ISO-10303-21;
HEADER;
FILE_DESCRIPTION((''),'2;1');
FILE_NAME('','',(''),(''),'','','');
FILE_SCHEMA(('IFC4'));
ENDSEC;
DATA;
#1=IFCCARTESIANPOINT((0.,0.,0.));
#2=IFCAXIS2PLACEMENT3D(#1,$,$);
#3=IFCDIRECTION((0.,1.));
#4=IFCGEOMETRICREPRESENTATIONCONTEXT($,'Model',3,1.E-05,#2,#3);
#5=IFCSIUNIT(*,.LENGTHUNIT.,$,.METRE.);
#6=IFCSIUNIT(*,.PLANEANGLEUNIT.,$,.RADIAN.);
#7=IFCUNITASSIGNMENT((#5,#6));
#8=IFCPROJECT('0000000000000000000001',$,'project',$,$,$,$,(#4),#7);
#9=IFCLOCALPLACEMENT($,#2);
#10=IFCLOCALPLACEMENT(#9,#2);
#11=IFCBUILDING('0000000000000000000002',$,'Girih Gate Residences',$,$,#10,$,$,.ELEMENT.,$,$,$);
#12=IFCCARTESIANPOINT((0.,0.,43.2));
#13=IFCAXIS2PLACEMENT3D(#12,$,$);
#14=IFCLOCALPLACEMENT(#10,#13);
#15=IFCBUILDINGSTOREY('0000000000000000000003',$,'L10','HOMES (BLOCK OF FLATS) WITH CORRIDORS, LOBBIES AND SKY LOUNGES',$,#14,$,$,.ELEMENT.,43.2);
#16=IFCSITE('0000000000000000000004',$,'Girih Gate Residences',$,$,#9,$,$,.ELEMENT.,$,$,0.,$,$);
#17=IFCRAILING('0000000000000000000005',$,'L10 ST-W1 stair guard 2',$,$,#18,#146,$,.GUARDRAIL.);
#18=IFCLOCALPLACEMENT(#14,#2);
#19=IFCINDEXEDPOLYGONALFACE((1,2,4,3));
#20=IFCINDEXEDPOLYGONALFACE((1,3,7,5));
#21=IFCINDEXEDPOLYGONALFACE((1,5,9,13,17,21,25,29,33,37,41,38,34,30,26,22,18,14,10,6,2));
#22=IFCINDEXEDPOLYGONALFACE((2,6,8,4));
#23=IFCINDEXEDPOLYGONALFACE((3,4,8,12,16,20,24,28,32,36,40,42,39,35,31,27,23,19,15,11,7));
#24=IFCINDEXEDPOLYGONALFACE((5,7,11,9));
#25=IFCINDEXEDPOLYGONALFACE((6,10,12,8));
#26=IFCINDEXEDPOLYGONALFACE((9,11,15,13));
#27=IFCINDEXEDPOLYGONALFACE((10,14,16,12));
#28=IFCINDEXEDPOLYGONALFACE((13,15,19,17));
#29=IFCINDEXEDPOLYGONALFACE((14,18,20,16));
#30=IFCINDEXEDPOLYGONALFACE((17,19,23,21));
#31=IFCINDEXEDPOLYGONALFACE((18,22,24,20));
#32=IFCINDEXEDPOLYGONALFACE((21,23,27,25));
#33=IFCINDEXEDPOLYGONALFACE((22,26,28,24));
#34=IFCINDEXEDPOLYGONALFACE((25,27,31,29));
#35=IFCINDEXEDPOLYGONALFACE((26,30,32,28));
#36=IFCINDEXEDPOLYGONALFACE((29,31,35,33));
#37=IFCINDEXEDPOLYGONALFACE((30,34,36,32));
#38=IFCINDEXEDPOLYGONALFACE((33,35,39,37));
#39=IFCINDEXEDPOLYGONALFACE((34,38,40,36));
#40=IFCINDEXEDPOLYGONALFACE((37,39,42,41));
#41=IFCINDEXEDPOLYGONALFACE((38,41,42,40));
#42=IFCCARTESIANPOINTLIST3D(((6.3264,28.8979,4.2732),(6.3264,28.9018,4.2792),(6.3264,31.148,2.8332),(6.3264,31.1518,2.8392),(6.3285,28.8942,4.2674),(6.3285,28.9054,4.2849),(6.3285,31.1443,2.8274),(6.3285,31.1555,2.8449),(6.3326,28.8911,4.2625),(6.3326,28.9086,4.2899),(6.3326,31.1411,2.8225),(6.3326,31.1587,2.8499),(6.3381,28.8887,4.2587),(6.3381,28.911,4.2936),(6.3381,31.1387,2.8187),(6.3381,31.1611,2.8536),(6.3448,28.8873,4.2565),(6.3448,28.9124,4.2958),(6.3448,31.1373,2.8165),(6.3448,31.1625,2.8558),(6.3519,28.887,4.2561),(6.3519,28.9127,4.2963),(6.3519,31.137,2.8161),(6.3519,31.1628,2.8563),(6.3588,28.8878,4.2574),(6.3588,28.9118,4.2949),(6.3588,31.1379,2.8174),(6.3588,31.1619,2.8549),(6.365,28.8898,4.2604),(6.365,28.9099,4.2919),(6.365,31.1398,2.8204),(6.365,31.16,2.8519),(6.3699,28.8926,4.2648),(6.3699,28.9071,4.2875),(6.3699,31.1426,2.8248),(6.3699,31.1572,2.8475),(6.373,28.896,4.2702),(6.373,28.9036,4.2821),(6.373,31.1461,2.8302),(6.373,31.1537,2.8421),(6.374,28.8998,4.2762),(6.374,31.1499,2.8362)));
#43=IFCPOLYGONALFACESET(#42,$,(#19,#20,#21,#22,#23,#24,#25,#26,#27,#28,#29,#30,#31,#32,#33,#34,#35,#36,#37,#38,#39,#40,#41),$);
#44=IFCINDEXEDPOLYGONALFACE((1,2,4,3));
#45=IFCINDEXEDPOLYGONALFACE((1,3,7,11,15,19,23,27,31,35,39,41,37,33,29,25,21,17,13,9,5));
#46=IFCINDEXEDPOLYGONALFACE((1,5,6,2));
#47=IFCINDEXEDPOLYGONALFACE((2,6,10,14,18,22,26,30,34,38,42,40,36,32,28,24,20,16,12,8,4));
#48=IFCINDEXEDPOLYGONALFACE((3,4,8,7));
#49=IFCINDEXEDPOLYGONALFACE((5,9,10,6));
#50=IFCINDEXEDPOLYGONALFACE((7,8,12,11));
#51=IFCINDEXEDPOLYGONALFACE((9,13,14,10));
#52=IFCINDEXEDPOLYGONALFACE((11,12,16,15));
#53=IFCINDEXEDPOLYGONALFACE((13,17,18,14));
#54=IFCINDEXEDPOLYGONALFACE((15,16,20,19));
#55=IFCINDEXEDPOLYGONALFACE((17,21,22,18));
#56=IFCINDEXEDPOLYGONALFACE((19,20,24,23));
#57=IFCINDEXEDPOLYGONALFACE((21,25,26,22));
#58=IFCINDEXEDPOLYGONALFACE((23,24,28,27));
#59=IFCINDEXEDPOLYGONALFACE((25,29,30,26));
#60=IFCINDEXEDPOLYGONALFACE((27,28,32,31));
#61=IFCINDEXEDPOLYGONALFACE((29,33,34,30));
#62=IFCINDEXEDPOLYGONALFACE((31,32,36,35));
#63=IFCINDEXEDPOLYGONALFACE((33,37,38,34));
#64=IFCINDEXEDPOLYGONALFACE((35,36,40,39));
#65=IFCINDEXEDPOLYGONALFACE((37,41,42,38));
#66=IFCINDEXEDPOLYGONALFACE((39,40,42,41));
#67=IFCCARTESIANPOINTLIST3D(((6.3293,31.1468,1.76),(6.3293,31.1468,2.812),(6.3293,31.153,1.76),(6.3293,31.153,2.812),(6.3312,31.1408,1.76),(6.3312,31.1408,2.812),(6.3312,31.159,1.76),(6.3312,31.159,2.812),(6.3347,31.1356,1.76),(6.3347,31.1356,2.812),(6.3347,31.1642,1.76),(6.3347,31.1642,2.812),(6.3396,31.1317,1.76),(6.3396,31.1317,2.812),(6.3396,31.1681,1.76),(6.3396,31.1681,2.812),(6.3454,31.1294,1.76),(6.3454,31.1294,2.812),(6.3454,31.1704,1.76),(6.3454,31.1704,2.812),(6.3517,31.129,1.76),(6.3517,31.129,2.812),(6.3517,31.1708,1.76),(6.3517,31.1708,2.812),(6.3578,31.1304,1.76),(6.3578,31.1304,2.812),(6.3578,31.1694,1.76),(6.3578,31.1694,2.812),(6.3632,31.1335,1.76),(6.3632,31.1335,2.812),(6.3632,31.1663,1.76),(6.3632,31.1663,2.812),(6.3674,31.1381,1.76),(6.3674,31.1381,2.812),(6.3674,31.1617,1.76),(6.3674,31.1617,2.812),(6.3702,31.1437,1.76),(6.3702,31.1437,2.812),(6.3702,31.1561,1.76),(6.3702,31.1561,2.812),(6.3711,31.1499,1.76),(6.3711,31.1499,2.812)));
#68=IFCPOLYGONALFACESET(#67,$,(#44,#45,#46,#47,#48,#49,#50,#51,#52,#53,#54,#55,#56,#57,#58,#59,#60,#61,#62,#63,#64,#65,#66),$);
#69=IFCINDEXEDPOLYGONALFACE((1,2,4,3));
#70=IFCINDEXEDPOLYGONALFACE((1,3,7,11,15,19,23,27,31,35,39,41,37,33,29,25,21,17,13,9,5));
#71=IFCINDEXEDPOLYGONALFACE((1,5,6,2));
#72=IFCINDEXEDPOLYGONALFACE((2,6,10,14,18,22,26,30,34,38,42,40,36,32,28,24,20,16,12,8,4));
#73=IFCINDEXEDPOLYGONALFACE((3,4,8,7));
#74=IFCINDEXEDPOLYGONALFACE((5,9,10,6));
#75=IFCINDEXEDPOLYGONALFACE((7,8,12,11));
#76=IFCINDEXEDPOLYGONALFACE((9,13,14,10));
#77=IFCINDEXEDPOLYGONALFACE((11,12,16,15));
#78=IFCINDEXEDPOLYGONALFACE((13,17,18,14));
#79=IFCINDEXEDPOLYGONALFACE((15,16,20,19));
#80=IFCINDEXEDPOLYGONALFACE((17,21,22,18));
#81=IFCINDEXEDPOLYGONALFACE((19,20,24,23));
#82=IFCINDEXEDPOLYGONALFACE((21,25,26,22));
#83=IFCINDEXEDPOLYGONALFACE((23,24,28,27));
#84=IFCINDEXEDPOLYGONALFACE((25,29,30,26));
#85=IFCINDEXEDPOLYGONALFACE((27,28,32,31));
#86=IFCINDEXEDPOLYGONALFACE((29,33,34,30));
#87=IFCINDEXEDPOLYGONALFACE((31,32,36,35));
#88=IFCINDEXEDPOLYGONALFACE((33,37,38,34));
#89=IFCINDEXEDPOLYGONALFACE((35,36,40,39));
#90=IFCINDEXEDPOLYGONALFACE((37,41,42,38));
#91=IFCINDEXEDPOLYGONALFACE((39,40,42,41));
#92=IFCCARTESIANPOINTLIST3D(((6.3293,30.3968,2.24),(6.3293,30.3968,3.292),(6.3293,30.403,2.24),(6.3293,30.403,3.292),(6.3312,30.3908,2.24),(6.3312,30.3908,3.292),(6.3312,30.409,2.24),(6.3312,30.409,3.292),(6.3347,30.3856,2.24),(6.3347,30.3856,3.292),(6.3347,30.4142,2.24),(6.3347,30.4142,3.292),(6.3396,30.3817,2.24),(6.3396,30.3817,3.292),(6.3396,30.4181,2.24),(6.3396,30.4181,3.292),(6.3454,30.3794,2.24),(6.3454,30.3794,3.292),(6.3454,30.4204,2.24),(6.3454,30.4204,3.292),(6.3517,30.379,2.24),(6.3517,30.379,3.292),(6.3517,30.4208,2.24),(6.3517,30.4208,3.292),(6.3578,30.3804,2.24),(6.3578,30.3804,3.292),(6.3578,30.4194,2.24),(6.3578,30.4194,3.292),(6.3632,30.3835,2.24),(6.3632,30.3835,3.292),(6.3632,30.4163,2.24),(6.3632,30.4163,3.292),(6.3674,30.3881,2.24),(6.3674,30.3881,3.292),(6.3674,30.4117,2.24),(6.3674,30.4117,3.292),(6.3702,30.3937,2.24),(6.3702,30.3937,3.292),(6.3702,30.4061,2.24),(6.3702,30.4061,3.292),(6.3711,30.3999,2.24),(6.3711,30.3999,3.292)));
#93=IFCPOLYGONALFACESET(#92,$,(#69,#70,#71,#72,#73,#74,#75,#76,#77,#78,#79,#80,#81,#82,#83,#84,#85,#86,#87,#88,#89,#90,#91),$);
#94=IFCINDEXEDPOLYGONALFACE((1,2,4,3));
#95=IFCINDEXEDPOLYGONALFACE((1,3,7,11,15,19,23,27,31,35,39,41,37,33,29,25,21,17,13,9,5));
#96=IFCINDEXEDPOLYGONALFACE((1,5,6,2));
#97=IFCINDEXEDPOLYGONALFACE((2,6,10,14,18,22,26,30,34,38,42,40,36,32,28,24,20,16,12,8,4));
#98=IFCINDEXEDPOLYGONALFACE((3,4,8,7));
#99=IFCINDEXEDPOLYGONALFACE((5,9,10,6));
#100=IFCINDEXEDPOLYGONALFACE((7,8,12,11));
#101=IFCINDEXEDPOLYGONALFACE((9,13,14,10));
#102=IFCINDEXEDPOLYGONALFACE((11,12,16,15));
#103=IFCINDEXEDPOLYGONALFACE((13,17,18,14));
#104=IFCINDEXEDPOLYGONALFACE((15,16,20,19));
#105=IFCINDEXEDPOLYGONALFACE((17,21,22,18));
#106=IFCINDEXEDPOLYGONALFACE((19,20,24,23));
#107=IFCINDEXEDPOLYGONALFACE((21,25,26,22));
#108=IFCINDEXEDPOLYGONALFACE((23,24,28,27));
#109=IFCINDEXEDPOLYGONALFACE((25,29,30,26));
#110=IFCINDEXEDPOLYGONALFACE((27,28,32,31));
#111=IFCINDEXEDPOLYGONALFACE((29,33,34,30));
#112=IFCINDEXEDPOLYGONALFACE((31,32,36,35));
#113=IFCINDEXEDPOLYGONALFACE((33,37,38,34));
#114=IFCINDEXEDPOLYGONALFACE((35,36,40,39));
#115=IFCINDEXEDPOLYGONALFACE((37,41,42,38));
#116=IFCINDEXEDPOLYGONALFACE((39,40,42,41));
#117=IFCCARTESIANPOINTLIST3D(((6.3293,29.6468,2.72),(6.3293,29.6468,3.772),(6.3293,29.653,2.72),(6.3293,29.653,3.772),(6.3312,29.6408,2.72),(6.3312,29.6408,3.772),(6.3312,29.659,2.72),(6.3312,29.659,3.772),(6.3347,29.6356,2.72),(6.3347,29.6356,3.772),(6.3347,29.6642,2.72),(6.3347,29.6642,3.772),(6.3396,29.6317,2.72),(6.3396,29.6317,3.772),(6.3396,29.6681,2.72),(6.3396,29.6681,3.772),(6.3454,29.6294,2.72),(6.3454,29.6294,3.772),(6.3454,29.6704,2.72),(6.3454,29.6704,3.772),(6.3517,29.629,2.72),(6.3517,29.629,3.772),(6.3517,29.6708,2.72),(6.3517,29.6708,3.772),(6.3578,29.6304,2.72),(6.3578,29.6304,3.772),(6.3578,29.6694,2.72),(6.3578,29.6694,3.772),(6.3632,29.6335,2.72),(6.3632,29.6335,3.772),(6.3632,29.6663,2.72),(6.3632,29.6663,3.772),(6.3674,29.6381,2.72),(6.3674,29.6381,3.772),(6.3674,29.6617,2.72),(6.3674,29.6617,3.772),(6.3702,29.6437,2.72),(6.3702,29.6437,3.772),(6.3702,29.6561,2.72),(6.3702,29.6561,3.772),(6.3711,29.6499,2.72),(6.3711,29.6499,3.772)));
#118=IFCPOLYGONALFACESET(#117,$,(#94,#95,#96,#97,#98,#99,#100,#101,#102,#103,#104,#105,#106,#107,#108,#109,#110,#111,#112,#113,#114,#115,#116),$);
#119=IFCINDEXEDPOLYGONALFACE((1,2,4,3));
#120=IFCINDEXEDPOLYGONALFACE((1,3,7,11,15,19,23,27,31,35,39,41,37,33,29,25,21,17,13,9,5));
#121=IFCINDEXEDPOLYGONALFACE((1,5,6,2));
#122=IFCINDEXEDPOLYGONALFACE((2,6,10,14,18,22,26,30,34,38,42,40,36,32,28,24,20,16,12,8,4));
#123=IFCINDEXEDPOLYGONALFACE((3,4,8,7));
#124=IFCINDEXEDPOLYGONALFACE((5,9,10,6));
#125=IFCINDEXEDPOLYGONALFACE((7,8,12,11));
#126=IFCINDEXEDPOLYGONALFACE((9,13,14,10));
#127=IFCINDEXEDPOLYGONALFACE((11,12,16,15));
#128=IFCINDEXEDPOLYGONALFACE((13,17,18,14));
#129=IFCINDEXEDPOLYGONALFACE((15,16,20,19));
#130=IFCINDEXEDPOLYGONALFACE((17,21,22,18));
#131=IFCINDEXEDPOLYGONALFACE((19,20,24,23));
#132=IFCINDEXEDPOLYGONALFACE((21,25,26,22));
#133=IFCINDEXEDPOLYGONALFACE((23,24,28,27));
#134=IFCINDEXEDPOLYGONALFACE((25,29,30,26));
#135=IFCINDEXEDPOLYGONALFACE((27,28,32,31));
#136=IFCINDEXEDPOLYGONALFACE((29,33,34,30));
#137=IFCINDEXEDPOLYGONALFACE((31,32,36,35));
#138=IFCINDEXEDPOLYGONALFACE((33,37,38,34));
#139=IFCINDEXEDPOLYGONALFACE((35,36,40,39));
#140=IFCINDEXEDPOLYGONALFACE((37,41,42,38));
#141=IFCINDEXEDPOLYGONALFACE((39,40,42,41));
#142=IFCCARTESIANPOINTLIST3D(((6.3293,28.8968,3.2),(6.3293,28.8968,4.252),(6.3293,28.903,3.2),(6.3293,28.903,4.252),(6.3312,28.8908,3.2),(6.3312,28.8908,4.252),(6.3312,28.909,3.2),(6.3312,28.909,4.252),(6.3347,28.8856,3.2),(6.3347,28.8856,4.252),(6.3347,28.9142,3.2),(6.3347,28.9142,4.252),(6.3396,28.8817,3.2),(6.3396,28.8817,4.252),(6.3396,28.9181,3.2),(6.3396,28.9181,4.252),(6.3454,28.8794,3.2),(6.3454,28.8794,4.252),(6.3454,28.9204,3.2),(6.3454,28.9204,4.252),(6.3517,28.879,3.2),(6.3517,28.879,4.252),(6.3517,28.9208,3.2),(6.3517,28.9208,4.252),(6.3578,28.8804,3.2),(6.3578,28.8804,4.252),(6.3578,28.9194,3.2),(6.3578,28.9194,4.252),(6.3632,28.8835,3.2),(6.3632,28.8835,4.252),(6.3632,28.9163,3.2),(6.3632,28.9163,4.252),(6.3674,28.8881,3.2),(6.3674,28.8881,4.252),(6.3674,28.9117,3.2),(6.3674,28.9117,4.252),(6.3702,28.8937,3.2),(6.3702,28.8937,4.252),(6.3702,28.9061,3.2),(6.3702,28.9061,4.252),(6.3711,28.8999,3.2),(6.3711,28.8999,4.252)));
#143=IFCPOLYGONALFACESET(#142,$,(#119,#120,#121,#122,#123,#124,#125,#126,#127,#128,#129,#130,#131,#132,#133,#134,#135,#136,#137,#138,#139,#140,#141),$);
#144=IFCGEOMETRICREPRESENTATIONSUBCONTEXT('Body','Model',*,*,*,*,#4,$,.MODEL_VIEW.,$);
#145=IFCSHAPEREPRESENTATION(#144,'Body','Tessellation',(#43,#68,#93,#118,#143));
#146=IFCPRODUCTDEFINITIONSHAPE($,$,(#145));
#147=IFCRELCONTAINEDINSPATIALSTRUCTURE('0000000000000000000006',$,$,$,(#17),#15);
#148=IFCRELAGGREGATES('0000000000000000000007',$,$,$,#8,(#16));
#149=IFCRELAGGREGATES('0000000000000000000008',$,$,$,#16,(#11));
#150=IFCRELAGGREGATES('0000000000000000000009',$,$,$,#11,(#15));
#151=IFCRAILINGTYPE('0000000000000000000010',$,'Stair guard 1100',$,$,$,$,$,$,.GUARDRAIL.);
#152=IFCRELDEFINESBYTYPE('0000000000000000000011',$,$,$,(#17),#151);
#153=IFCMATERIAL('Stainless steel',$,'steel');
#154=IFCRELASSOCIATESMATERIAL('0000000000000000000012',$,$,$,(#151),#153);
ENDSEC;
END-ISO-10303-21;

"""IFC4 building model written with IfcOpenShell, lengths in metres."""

from ifc_helpers import new_model, si_unit, direction, frame, origin, origin_2d, place, context, subcontext, project, spatial, circle, extrude, material, type_object, element, save


model = new_model("IFC4")

# Units and contexts
model_context = context("Model", 3, precision=1e-05, world=origin(), true_north=direction((0.0, 1.0)))
body_context = subcontext(model_context, "Body", "Model", "MODEL_VIEW")
ifc_project = project(units=[si_unit("LENGTHUNIT", "METRE"), si_unit("PLANEANGLEUNIT", "RADIAN")], contexts=[model_context])

# Site, building, storey
site_placement = place(None, origin())
site = spatial("IfcSite", under=ifc_project, at=site_placement, Name="Girih Gate Residences", CompositionType="ELEMENT", RefElevation=0.0)
building_placement = place(site_placement, origin())
building = spatial("IfcBuilding", under=site, at=building_placement, Name="Girih Gate Residences", CompositionType="ELEMENT")
storey_placement = place(building_placement, frame((0.0, 0.0, 43.2)))
storey = spatial("IfcBuildingStorey", under=building, at=storey_placement, Name="L10", Description="HOMES (BLOCK OF FLATS) WITH CORRIDORS, LOBBIES AND SKY LOUNGES", CompositionType="ELEMENT", Elevation=43.2)

# Shared definitions
ifc_material_1 = material(Name="Stainless steel", Category="steel")

# Railing
railing_type = type_object("IfcRailingType", Name="Stair guard 1100", PredefinedType="GUARDRAIL", material=ifc_material_1)
railing_placement = place(storey_placement, frame((6.3501, 31.1499, 1.76)))
element("IfcRailing", 1, at=railing_placement, inside=storey, type_object=railing_type, Name="L10 ST-W1 stair guard 2", PredefinedType="GUARDRAIL", context=body_context, shape_type="SweptSolid", body=[
    extrude(circle(Radius=0.0239, at=origin_2d()), frame((0.0, 0.0, 1.0762), z_axis=(0.0, -0.842281, 0.539038), x_axis=(1.0, 0.0, 0.0)), (0.0, 0.0, 1.0), 2.6714),
    extrude(circle(Radius=0.021, at=origin_2d()), origin(), (0.0, 0.0, 1.0), 1.052),
    extrude(circle(Radius=0.021, at=origin_2d()), frame((0.0, -0.75, 0.48)), (0.0, 0.0, 1.0), 1.052),
    extrude(circle(Radius=0.021, at=origin_2d()), frame((0.0, -1.5, 0.96)), (0.0, 0.0, 1.0), 1.052),
    extrude(circle(Radius=0.021, at=origin_2d()), frame((0.0, -2.25, 1.4399)), (0.0, 0.0, 1.0), 1.052),
])

save(model, "model.ifc")
